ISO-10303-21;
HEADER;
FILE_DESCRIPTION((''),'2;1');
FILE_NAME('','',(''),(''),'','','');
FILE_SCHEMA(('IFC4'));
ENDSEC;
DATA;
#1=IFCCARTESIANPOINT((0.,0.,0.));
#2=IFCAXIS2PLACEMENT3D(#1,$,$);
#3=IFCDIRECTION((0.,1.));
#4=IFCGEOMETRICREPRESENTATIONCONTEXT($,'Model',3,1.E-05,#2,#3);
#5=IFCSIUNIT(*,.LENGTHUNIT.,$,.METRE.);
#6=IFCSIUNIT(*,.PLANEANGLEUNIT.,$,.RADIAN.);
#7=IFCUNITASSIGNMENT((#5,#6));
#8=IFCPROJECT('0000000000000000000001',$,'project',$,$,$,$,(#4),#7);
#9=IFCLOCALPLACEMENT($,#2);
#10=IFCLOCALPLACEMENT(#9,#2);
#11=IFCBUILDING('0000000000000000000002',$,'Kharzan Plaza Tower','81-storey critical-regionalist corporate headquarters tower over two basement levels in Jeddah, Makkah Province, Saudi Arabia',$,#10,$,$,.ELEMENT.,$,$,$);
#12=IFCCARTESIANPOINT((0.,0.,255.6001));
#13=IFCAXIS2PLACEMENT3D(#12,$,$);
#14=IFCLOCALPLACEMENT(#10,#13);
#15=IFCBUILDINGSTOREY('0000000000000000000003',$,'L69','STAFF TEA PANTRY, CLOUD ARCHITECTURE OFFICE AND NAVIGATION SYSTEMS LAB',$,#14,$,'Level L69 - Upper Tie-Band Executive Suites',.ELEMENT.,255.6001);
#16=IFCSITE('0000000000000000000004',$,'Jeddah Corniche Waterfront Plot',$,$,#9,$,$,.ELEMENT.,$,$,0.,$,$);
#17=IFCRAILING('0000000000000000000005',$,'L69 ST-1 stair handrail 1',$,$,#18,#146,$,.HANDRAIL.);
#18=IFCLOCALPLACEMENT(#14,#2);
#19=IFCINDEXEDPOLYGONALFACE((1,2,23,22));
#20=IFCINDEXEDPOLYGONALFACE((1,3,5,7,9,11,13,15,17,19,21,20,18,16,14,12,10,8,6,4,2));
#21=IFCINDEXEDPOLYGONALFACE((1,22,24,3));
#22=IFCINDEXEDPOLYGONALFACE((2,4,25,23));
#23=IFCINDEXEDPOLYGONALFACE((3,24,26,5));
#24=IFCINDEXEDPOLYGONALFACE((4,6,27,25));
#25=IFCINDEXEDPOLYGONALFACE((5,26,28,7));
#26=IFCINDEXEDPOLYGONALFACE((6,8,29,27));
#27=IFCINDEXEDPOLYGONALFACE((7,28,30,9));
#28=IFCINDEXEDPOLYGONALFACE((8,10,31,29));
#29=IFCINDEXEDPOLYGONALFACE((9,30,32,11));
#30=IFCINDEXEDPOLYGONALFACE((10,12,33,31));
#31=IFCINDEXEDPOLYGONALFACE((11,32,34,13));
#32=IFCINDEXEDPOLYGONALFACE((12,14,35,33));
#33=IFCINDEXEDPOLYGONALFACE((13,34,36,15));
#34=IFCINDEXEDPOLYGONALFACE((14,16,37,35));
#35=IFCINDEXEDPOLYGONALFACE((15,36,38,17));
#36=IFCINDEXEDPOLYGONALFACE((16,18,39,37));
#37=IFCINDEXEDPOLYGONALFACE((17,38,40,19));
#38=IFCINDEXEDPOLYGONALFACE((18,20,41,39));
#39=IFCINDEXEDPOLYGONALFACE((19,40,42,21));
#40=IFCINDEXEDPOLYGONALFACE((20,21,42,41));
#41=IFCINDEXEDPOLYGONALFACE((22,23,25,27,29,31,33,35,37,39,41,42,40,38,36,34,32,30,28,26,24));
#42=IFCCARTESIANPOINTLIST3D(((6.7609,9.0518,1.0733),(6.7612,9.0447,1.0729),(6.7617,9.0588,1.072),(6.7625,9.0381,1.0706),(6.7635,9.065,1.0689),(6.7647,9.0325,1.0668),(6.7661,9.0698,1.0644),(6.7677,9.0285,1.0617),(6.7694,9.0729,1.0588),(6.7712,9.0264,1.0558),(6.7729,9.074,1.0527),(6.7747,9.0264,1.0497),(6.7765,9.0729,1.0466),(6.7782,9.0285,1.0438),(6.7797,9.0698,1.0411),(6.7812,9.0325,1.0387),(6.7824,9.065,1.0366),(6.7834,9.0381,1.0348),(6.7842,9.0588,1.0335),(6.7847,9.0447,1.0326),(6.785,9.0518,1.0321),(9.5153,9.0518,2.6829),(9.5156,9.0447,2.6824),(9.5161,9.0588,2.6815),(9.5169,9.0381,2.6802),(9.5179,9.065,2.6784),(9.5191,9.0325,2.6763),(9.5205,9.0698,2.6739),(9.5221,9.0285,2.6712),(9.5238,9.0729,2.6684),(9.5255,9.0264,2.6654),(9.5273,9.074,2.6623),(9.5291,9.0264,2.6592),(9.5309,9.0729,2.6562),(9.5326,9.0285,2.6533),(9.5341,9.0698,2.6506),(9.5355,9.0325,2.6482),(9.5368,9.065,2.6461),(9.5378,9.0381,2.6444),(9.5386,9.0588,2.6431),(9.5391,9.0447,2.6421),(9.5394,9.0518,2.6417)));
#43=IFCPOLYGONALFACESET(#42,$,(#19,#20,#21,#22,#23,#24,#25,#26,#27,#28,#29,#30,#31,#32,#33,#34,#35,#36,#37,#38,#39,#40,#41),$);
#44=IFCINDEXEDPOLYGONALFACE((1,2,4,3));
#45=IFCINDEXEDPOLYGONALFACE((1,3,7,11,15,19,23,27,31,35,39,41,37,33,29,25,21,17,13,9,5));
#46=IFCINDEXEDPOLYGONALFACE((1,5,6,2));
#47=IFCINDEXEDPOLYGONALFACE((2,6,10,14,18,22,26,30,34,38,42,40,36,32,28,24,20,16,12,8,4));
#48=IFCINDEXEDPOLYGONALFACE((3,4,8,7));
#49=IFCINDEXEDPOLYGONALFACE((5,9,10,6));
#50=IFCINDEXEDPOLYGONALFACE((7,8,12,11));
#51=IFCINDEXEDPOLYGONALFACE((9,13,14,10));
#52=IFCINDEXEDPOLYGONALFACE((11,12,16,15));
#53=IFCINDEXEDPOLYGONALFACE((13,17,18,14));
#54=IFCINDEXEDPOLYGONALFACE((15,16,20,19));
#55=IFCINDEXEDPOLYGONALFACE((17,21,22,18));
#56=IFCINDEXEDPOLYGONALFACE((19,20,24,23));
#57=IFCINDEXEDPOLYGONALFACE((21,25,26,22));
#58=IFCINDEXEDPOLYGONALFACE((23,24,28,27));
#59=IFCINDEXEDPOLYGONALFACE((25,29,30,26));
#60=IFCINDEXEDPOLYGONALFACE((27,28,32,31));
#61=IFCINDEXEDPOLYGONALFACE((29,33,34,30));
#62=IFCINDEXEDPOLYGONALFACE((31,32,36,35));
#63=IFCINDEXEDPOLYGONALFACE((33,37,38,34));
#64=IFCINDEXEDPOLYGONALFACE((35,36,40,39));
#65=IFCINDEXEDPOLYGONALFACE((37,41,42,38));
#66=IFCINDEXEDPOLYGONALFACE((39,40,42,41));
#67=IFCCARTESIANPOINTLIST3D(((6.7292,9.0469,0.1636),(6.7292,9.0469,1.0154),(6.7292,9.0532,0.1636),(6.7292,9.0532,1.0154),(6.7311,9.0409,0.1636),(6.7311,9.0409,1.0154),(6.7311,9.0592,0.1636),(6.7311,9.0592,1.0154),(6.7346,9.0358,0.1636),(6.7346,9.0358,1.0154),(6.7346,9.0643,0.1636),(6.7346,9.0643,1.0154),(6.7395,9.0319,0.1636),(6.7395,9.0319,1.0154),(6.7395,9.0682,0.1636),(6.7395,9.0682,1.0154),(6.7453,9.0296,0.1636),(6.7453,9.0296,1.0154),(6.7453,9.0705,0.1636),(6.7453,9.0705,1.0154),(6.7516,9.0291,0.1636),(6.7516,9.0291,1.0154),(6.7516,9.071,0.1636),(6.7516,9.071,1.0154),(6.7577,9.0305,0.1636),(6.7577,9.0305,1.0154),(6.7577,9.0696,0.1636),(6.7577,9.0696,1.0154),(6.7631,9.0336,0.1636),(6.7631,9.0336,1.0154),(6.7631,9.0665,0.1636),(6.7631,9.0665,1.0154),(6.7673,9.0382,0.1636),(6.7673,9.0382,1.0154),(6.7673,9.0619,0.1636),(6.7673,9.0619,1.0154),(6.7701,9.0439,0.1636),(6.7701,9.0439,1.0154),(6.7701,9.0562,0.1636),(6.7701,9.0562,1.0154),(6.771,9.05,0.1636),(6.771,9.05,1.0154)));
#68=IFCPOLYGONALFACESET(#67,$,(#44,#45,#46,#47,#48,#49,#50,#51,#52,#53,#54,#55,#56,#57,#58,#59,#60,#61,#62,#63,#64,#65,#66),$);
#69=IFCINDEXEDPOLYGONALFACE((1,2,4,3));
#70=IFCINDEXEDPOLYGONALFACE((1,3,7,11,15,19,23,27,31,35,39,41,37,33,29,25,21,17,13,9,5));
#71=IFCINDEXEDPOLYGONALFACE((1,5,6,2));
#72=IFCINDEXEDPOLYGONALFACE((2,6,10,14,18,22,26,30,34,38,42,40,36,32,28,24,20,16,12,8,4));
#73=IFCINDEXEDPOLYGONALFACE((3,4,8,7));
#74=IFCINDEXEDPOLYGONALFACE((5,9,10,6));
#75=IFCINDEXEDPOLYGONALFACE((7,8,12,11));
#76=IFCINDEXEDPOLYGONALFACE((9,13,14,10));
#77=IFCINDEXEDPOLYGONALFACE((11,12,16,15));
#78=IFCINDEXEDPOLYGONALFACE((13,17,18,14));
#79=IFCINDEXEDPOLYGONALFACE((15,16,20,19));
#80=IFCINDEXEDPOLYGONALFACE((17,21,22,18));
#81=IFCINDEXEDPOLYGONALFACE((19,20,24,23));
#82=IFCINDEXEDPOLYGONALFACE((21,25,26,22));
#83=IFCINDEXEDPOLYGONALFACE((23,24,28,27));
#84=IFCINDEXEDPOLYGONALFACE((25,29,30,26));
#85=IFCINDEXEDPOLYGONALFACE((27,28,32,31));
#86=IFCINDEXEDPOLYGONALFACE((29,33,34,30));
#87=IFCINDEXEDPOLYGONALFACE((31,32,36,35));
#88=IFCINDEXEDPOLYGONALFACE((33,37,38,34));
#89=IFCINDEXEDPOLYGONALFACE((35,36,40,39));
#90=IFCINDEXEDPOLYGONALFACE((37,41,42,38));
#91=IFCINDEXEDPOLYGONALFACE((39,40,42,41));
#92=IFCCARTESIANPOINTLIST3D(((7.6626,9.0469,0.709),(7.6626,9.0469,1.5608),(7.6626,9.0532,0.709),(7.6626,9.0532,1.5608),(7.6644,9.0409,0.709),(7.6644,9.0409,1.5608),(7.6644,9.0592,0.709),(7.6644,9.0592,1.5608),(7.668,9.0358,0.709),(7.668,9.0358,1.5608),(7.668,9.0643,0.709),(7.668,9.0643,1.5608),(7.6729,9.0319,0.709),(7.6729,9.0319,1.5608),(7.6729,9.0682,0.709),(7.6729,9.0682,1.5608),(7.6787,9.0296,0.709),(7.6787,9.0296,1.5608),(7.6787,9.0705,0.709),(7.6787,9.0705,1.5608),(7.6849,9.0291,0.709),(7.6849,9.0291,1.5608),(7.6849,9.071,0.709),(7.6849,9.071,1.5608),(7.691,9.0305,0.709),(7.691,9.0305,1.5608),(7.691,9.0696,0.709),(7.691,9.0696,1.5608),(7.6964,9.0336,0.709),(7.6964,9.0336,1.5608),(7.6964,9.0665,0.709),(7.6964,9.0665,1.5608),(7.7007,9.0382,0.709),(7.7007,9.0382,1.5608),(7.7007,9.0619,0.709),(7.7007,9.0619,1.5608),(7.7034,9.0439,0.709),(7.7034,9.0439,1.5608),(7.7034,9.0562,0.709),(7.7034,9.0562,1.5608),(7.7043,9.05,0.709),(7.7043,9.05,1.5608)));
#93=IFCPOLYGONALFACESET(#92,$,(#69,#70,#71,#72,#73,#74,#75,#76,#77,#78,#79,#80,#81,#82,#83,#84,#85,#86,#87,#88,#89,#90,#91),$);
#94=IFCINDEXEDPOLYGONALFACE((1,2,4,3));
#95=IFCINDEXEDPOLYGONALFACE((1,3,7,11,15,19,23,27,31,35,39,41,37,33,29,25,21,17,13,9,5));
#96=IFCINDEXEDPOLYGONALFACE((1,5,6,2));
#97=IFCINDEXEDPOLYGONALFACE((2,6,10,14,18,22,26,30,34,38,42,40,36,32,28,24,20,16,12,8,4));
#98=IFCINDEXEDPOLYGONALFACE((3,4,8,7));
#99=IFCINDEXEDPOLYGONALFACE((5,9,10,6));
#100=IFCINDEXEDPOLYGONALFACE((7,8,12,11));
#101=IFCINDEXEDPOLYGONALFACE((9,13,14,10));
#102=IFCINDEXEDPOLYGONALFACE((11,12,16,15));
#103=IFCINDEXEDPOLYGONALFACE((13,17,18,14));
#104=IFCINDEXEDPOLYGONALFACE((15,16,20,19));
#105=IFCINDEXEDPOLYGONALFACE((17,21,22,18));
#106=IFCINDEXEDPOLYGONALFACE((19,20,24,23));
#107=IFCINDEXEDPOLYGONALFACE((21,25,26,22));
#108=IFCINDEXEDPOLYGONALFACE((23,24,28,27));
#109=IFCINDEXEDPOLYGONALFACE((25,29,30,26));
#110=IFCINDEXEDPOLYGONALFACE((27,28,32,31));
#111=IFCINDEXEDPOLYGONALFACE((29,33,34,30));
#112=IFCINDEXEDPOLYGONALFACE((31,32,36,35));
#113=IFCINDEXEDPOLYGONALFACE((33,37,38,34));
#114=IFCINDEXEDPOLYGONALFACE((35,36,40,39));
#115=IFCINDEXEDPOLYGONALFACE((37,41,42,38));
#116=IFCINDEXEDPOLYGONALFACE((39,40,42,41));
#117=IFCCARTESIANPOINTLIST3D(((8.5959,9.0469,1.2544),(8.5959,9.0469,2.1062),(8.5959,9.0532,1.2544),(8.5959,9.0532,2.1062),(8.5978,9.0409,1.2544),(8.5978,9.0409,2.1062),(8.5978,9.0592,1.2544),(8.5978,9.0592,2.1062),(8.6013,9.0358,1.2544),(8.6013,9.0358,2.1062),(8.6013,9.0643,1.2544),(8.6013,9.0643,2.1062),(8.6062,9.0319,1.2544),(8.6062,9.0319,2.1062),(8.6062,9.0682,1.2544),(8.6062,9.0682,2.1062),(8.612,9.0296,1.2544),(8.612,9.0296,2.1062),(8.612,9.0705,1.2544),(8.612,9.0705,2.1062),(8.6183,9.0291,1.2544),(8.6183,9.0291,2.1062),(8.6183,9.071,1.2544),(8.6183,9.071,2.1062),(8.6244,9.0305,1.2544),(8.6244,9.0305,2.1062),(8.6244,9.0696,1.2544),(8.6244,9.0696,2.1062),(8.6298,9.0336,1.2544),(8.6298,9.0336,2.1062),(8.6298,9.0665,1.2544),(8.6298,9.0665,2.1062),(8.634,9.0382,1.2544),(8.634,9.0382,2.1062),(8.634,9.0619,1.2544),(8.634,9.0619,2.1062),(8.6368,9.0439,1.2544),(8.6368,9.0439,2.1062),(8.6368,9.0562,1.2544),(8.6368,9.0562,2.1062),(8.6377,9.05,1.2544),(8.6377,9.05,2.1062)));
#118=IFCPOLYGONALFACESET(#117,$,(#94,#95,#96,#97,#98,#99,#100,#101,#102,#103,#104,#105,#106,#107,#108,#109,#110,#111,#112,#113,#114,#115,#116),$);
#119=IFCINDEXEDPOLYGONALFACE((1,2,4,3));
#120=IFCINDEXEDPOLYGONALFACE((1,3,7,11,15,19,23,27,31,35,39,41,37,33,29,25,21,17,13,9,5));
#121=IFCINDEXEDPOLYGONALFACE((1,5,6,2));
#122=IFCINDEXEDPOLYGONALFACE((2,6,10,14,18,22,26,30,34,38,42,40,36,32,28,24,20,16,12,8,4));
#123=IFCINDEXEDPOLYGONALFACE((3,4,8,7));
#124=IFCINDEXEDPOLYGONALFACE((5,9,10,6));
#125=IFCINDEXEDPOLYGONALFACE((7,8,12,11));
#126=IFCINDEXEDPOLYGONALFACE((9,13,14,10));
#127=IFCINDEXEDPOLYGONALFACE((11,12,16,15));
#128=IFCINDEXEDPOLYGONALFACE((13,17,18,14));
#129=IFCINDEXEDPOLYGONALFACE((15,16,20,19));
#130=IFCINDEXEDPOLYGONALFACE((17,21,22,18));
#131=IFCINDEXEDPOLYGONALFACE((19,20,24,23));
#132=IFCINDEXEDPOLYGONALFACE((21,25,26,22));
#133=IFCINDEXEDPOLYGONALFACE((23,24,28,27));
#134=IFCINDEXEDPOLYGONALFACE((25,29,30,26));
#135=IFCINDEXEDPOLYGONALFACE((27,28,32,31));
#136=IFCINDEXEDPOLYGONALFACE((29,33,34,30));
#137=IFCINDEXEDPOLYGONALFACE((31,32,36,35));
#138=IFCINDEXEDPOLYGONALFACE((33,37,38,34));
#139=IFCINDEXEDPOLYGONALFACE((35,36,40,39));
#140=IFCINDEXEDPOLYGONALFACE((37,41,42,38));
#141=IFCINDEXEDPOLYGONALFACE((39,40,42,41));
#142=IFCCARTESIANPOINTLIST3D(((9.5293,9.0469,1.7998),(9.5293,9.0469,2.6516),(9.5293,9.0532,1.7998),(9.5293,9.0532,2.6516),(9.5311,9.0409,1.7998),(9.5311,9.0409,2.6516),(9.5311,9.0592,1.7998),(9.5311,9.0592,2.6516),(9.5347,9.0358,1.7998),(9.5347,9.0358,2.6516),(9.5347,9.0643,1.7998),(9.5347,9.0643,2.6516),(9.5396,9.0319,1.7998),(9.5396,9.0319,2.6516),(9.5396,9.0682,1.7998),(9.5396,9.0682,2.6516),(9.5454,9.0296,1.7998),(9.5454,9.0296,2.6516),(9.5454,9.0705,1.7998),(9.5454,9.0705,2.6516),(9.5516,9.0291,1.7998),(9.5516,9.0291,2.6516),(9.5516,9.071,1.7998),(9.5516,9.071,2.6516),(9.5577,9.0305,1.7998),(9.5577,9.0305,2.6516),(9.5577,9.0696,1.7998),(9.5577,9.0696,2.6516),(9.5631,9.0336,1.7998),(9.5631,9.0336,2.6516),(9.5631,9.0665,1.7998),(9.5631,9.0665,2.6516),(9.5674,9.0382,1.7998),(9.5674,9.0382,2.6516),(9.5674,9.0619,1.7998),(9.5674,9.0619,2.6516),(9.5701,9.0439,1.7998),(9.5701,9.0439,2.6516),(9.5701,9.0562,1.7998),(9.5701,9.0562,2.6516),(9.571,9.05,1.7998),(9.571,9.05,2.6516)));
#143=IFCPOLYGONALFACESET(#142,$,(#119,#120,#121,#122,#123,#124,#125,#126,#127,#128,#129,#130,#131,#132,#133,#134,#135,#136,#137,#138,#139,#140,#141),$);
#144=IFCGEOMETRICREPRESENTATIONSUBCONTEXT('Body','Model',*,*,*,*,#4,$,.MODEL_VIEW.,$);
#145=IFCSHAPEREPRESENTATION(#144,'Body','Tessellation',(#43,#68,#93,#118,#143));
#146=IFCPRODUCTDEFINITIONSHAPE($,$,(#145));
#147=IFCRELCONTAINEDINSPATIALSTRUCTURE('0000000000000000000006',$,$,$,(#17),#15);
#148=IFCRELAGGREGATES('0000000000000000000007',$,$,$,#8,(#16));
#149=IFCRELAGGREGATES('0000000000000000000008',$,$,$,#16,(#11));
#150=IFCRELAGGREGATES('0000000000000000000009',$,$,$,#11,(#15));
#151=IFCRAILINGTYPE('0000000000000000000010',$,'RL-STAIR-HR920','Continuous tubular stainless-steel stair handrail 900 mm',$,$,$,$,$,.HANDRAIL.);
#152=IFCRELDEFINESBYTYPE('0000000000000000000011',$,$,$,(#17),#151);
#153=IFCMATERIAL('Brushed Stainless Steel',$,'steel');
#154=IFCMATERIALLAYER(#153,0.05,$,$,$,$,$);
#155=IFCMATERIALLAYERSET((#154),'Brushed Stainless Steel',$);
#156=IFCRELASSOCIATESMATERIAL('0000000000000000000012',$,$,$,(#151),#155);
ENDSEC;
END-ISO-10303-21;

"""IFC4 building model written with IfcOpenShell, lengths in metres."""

from ifc_helpers import new_model, si_unit, direction, frame, origin, origin_2d, place, context, subcontext, project, spatial, circle, extrude, source, transform, mapped, material, layer, layer_set, type_object, element, save


model = new_model("IFC4")

# Units and contexts
model_context = context("Model", 3, precision=1e-05, world=origin(), true_north=direction((0.0, 1.0)))
body_context = subcontext(model_context, "Body", "Model", "MODEL_VIEW")
ifc_project = project(units=[si_unit("LENGTHUNIT", "METRE"), si_unit("PLANEANGLEUNIT", "RADIAN")], contexts=[model_context])

# Site, building, storey
site_placement = place(None, origin())
site = spatial("IfcSite", under=ifc_project, at=site_placement, Name="Jeddah Corniche Waterfront Plot", CompositionType="ELEMENT", RefElevation=0.0)
building_placement = place(site_placement, origin())
building = spatial("IfcBuilding", under=site, at=building_placement, Name="Kharzan Plaza Tower", Description="81-storey critical-regionalist corporate headquarters tower over two basement levels in Jeddah, Makkah Province, Saudi Arabia", CompositionType="ELEMENT")
storey_placement = place(building_placement, frame((0.0, 0.0, 255.6001)))
storey = spatial("IfcBuildingStorey", under=building, at=storey_placement, Name="L69", Description="STAFF TEA PANTRY, CLOUD ARCHITECTURE OFFICE AND NAVIGATION SYSTEMS LAB", LongName="Level L69 - Upper Tie-Band Executive Suites", CompositionType="ELEMENT", Elevation=255.6001)

# Shared definitions
ifc_material_1 = material(Name="Brushed Stainless Steel", Category="steel")

# Railing
ifc_layer_1 = layer(ifc_material_1, 0.05)
ifc_layer_set_1 = layer_set([ifc_layer_1], Name="Brushed Stainless Steel")
railing_type_1 = type_object("IfcRailingType", Name="RL-STAIR-HR920", Description="Continuous tubular stainless-steel stair handrail 900 mm", PredefinedType="HANDRAIL", material=ifc_layer_set_1)
shared_shape_1 = source(origin(), body_context, "Body", "SweptSolid", [
    extrude(circle(Radius=0.0239, at=origin_2d()), frame((0.0229, 0.0, 0.8892), z_axis=(0.863394, 0.0, 0.504531), x_axis=(0.0, 1.0, 0.0)), (0.0, 0.0, 1.0), 3.1902),
    extrude(circle(Radius=0.021, at=origin_2d()), origin(), (0.0, 0.0, 1.0), 0.8518),
    extrude(circle(Radius=0.021, at=origin_2d()), frame((0.9333, 0.0, 0.5454)), (0.0, 0.0, 1.0), 0.8518),
    extrude(circle(Radius=0.021, at=origin_2d()), frame((1.8667, 0.0, 1.0908)), (0.0, 0.0, 1.0), 0.8518),
    extrude(circle(Radius=0.021, at=origin_2d()), frame((2.8, 0.0, 1.6362)), (0.0, 0.0, 1.0), 0.8518),
])
railing_1_placement = place(storey_placement, frame((6.75, 9.05, 0.1636)))
element("IfcRailing", 1, at=railing_1_placement, inside=storey, type_object=railing_type_1, Name="L69 ST-1 stair handrail 1", PredefinedType="HANDRAIL", context=body_context, shape_type="MappedRepresentation", body=[
    mapped(shared_shape_1, transform((0.0, 0.0, 0.0), x_axis=(1.0, 0.0, 0.0), y_axis=(0.0, 1.0, 0.0), z_axis=(0.0, 0.0, 1.0))),
])

save(model, "model.ifc")
